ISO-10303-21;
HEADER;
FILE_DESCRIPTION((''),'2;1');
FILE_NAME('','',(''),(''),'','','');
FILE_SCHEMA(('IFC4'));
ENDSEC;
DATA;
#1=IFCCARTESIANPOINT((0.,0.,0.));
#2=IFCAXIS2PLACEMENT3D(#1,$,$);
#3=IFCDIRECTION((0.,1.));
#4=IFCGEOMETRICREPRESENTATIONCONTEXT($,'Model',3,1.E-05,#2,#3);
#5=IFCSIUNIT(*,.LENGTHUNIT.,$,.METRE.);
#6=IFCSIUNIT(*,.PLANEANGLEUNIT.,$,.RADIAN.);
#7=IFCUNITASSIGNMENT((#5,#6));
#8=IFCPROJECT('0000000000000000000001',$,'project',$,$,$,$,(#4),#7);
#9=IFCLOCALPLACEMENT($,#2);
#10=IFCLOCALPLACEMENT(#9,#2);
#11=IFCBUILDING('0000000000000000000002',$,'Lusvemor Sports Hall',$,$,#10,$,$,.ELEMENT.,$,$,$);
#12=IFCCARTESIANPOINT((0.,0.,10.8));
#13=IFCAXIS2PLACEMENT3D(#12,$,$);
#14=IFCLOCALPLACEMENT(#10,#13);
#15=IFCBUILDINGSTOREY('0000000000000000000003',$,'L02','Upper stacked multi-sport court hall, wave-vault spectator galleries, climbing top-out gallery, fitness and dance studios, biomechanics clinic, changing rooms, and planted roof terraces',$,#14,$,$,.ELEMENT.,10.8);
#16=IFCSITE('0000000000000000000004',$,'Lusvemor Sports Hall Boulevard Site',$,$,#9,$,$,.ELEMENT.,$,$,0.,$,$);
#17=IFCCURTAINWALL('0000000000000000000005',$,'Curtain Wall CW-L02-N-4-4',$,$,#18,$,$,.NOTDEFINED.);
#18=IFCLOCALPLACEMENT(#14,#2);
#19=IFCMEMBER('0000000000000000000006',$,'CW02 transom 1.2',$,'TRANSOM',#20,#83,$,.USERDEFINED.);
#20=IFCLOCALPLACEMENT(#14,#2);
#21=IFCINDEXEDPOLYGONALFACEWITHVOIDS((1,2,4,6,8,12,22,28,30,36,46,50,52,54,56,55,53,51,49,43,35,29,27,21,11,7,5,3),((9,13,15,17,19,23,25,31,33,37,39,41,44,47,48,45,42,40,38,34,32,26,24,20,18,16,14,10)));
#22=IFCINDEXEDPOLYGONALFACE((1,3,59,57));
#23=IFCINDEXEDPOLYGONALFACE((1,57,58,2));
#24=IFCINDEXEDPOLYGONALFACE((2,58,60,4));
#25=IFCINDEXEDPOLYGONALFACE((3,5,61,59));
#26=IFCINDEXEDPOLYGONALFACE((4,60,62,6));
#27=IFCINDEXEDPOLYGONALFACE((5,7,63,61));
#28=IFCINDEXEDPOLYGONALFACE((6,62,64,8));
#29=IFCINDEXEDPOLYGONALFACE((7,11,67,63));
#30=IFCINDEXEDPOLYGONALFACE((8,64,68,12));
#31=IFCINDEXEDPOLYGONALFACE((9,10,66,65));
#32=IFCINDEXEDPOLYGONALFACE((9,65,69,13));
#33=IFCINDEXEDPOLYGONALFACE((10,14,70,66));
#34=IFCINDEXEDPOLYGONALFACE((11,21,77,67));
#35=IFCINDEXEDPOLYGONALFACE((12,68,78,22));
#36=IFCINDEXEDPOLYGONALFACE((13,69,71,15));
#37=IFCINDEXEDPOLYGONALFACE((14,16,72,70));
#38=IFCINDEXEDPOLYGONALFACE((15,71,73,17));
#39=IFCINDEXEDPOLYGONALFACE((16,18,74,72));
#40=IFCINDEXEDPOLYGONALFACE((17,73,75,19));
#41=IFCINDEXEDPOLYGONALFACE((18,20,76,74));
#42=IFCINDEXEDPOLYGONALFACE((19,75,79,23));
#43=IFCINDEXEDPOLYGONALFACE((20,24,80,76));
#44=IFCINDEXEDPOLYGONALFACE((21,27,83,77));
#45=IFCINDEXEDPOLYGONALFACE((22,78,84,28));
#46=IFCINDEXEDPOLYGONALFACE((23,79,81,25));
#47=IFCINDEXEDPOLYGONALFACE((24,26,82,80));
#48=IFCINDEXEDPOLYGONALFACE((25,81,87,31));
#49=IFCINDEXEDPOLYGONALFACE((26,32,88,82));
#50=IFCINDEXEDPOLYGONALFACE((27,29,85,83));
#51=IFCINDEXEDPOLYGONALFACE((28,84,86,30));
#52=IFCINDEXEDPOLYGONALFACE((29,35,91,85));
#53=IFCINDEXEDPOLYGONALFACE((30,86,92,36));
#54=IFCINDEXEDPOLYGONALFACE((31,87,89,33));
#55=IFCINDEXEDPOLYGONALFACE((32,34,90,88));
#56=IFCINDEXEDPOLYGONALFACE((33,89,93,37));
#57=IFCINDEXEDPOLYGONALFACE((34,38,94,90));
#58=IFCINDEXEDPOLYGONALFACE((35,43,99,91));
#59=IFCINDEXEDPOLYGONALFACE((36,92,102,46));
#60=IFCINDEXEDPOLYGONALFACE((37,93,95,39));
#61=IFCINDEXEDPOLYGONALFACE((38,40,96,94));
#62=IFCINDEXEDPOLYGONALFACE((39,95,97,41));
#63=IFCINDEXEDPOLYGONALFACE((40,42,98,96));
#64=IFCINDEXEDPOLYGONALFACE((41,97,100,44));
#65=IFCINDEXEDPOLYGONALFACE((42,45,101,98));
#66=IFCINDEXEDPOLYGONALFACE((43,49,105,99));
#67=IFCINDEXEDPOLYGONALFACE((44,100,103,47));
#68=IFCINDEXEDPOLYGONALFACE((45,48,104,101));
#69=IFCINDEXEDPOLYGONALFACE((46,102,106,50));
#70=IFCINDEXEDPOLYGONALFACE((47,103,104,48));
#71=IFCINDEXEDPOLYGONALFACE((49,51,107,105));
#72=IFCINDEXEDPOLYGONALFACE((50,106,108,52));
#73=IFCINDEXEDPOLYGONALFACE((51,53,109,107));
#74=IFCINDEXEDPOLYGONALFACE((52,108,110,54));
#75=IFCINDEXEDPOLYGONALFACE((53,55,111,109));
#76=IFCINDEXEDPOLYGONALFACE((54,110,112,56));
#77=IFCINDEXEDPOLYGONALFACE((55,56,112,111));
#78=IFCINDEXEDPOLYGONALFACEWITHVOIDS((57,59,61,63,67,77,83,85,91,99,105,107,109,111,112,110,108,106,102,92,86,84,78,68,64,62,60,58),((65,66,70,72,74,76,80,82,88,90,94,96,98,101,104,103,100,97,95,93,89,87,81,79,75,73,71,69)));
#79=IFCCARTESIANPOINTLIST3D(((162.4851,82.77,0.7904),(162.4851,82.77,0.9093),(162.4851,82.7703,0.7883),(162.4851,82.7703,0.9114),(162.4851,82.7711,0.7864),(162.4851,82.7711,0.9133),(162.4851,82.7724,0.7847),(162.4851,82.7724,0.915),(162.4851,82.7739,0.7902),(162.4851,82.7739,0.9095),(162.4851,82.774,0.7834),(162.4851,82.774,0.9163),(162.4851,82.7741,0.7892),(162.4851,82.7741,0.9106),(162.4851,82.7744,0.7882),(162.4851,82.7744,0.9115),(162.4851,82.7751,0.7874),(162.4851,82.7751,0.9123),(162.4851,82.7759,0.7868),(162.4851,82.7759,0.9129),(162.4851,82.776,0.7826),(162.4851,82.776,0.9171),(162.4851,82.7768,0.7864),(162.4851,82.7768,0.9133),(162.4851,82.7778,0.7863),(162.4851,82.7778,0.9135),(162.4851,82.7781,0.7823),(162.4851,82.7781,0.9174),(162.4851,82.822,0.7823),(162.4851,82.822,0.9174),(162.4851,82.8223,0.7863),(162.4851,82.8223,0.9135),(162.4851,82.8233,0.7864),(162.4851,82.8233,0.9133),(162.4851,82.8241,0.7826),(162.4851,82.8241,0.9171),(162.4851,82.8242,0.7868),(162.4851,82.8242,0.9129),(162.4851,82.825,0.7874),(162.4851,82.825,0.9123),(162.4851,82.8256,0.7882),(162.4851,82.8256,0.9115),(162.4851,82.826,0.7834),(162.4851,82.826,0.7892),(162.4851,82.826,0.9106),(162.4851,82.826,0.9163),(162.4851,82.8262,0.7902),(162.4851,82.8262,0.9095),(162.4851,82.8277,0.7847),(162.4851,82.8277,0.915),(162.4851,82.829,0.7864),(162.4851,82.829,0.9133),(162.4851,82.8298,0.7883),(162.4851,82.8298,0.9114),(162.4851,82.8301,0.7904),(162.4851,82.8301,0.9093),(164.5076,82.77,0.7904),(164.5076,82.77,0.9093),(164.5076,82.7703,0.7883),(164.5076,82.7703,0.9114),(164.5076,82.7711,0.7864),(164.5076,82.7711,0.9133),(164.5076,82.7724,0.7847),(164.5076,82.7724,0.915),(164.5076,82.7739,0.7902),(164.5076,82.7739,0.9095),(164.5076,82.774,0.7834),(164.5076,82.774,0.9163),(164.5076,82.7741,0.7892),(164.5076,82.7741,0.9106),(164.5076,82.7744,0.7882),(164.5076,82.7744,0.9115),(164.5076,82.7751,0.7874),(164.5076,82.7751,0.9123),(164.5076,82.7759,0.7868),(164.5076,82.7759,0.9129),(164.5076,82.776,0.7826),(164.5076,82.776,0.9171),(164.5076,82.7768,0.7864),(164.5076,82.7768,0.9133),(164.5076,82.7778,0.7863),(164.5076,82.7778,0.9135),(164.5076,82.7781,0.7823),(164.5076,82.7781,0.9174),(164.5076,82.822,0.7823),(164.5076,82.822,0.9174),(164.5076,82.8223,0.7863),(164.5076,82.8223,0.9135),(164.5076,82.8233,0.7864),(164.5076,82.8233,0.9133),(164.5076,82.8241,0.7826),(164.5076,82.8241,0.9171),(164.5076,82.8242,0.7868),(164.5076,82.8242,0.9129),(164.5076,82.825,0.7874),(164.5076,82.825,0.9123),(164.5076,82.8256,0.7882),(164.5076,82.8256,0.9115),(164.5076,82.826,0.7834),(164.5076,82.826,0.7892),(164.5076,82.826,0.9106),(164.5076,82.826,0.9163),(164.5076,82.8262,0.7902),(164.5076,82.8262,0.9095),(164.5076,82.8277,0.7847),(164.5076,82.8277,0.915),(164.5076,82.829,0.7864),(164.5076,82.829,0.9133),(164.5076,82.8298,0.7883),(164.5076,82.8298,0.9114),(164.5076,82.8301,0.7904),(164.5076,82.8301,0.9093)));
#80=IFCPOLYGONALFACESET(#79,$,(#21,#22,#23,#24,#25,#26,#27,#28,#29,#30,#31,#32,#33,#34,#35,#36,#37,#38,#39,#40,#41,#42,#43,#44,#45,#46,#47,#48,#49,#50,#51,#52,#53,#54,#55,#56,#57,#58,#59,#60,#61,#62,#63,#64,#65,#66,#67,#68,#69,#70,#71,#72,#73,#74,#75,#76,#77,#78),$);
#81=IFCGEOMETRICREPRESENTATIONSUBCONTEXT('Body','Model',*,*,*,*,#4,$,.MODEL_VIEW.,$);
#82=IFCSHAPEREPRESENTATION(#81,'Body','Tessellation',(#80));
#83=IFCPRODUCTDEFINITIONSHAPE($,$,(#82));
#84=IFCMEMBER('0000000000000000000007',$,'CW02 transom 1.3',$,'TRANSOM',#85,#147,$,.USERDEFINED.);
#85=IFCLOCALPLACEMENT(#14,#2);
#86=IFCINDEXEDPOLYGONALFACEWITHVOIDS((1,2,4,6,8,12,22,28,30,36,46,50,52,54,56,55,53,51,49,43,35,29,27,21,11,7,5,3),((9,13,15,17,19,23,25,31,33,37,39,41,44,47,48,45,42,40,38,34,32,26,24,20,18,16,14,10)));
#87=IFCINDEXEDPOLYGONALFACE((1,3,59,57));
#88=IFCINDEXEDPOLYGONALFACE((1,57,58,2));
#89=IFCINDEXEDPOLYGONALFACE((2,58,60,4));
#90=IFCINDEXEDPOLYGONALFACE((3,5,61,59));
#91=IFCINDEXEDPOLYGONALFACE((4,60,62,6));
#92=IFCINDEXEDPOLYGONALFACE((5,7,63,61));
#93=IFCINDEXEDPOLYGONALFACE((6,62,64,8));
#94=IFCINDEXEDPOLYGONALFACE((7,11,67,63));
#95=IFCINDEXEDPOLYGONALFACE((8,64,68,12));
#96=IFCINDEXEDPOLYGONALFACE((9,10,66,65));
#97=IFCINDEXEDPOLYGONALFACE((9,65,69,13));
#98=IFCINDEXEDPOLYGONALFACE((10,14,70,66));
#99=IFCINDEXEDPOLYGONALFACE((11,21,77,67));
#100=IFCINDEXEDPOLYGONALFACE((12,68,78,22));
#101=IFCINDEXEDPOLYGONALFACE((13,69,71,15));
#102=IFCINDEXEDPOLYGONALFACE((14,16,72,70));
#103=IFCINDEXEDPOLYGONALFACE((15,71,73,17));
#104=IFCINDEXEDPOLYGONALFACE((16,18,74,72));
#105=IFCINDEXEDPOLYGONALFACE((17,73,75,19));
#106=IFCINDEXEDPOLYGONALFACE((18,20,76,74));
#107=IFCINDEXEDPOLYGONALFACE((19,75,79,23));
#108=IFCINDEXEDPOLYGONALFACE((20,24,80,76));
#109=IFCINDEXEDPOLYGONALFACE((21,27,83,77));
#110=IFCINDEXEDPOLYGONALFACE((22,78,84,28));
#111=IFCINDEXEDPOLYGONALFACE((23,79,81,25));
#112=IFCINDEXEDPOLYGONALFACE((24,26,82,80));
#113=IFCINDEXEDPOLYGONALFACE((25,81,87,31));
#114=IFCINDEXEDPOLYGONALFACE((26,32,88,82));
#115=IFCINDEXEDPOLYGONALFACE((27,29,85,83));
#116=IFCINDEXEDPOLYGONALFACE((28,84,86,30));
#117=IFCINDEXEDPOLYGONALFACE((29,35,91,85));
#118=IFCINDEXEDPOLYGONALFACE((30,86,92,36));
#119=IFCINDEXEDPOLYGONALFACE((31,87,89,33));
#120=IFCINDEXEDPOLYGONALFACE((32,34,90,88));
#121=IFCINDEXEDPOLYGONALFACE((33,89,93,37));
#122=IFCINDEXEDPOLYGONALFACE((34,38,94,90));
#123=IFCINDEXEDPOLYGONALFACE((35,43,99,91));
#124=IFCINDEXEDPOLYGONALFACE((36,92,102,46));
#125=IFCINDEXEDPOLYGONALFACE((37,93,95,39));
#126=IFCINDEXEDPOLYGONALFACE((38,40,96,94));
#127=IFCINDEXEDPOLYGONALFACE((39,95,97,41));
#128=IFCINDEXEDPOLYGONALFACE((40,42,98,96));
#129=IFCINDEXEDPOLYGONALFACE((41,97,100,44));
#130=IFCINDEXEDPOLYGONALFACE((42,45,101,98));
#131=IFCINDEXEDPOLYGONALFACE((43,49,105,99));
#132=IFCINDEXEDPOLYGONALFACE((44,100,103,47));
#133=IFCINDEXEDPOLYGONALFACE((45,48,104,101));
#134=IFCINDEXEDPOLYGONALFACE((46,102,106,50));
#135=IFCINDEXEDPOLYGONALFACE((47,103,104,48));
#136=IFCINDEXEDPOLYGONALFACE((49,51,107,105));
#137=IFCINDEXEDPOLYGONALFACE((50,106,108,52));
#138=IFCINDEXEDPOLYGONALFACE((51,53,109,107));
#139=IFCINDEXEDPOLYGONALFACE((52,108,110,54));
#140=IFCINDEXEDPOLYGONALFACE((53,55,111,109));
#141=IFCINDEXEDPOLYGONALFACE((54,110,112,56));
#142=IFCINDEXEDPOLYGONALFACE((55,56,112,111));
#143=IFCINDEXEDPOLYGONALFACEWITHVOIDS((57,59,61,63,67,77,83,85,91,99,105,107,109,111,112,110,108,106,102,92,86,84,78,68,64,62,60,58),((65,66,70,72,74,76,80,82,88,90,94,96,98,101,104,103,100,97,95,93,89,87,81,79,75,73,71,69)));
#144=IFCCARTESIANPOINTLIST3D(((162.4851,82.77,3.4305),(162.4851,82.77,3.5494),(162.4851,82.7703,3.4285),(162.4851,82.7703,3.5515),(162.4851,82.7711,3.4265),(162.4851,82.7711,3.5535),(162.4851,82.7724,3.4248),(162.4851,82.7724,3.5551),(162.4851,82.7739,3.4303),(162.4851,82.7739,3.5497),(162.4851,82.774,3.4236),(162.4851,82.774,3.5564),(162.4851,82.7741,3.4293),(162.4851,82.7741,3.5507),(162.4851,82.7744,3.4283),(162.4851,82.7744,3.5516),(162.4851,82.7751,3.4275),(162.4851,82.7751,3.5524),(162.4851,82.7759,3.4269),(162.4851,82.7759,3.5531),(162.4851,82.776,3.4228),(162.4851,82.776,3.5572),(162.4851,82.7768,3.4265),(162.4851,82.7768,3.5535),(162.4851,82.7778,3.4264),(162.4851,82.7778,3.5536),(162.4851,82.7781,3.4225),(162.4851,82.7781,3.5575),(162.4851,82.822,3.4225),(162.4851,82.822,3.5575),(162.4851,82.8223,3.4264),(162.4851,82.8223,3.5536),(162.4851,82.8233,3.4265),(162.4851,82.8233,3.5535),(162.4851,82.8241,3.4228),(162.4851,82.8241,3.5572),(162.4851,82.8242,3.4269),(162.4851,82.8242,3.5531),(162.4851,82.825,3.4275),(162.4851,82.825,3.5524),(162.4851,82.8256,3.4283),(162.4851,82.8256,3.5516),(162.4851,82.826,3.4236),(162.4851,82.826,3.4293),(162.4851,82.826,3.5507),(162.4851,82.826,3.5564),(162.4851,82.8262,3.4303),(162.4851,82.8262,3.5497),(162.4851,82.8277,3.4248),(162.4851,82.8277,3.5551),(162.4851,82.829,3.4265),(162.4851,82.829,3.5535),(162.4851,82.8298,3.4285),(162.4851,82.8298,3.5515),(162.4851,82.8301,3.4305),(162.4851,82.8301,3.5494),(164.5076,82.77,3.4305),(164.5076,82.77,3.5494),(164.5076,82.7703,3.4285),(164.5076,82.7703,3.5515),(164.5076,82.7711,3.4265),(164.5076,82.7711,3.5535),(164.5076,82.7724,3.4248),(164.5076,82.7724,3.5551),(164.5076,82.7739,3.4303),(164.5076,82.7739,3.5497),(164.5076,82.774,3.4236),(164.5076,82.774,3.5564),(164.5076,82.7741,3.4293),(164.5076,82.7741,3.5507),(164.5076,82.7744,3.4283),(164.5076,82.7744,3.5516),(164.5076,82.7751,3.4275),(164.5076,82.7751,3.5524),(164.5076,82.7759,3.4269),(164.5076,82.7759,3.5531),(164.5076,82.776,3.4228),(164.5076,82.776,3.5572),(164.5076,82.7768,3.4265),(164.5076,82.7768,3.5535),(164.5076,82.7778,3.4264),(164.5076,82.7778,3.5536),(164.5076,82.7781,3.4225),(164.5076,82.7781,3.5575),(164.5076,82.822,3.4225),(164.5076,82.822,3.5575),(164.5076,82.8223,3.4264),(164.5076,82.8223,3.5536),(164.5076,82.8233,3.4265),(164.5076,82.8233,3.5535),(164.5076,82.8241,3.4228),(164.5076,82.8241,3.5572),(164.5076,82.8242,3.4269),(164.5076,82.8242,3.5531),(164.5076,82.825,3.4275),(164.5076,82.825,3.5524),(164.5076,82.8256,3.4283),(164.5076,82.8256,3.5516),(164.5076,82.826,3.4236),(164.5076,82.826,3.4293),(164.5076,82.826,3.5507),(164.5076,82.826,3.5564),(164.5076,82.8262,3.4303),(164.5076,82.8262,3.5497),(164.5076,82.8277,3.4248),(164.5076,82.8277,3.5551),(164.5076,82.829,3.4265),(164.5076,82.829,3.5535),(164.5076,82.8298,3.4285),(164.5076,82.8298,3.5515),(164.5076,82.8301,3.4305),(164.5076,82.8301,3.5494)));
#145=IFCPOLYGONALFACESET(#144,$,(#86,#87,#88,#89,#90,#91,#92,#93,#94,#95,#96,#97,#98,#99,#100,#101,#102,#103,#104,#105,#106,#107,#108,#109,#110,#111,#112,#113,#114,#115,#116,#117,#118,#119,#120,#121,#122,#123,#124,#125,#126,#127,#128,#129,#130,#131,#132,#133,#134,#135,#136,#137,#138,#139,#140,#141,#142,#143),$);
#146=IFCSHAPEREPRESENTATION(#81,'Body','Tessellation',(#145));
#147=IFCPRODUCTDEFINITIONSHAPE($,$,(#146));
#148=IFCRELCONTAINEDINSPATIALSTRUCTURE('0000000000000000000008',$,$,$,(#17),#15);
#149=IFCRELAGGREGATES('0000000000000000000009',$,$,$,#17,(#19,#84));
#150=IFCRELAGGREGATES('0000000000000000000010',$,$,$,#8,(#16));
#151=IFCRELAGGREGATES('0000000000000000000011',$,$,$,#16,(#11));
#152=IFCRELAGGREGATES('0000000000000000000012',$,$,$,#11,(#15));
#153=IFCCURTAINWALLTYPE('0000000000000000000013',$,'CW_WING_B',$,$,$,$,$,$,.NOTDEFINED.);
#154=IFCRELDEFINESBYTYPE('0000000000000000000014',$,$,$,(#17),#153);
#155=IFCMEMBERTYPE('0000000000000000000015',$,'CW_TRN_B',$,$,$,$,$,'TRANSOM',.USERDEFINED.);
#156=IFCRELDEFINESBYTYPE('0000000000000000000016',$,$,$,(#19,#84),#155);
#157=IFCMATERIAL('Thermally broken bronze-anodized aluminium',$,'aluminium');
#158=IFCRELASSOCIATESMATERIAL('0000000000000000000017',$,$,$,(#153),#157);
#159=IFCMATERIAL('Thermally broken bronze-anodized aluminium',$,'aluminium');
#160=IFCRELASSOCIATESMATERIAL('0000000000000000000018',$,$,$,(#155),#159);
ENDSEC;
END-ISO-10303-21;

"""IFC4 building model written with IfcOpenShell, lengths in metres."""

from ifc_helpers import new_model, si_unit, direction, frame, origin, origin_2d, place, context, subcontext, project, spatial, hollow_rectangle, extrude, material, material_profile, profile_set, type_object, element, aggregate, save


model = new_model("IFC4")

# Units and contexts
model_context = context("Model", 3, precision=1e-05, world=origin(), true_north=direction((0.0, 1.0)))
body_context = subcontext(model_context, "Body", "Model", "MODEL_VIEW")
ifc_project = project(units=[si_unit("LENGTHUNIT", "METRE"), si_unit("PLANEANGLEUNIT", "RADIAN")], contexts=[model_context])

# Site, building, storey
site_placement = place(None, origin())
site = spatial("IfcSite", under=ifc_project, at=site_placement, Name="Lusvemor Sports Hall Boulevard Site", CompositionType="ELEMENT", RefElevation=0.0)
building_placement = place(site_placement, origin())
building = spatial("IfcBuilding", under=site, at=building_placement, Name="Lusvemor Sports Hall", CompositionType="ELEMENT")
storey_placement = place(building_placement, frame((0.0, 0.0, 10.8)))
storey = spatial("IfcBuildingStorey", under=building, at=storey_placement, Name="L02", Description="Upper stacked multi-sport court hall, wave-vault spectator galleries, climbing top-out gallery, fitness and dance studios, biomechanics clinic, changing rooms, and planted roof terraces", CompositionType="ELEMENT", Elevation=10.8)

# Curtain wall, members
ifc_material_1 = material(Name="Thermally broken bronze-anodized aluminium", Category="aluminium")
curtain_wall_type = type_object("IfcCurtainWallType", Name="CW_WING_B", PredefinedType="NOTDEFINED", material=ifc_material_1)
curtain_wall_placement = place(storey_placement, origin())
curtain_wall = element("IfcCurtainWall", 1, at=curtain_wall_placement, inside=storey, type_object=curtain_wall_type, Name="Curtain Wall CW-L02-N-4-4", PredefinedType="NOTDEFINED")
ifc_material_2 = material(Name="Thermally broken bronze-anodized aluminium", Category="aluminium")
ifc_material_profile_1 = material_profile(ifc_material_2, hollow_rectangle(XDim=0.0601, YDim=0.135, WallThickness=0.0039, InnerFilletRadius=0.0039, OuterFilletRadius=0.0081, at=origin_2d()), Name="CWTRN135x60x4")
ifc_profile_set_1 = profile_set([ifc_material_profile_1], Name="Thermally broken bronze-anodized aluminium")
member_type_1 = type_object("IfcMemberType", Name="CW_TRN_B", ElementType="TRANSOM", PredefinedType="USERDEFINED", material=ifc_profile_set_1)
member_1_placement = place(storey_placement, frame((162.4851, 82.8, 0.8499), z_axis=(1.0, 0.0, 0.0), x_axis=(0.0, 1.0, 0.0)))
member_1 = element("IfcMember", 2, at=member_1_placement, type_object=member_type_1, Name="CW02 transom 1.2", ObjectType="TRANSOM", PredefinedType="USERDEFINED", context=body_context, shape_type="SweptSolid", body=[
    extrude(hollow_rectangle(XDim=0.0601, YDim=0.135, WallThickness=0.0039, InnerFilletRadius=0.0039, OuterFilletRadius=0.0081, at=origin_2d()), origin(), (0.0, 0.0, 1.0), 2.0225),
])
member_2_placement = place(storey_placement, frame((162.4851, 82.8, 3.49), z_axis=(1.0, 0.0, 0.0), x_axis=(0.0, 1.0, 0.0)))
member_2 = element("IfcMember", 3, at=member_2_placement, type_object=member_type_1, Name="CW02 transom 1.3", ObjectType="TRANSOM", PredefinedType="USERDEFINED", context=body_context, shape_type="SweptSolid", body=[
    extrude(hollow_rectangle(XDim=0.0601, YDim=0.135, WallThickness=0.0039, InnerFilletRadius=0.0039, OuterFilletRadius=0.0081, at=origin_2d()), origin(), (0.0, 0.0, 1.0), 2.0225),
])
aggregate(curtain_wall, [member_1, member_2])

save(model, "model.ifc")
